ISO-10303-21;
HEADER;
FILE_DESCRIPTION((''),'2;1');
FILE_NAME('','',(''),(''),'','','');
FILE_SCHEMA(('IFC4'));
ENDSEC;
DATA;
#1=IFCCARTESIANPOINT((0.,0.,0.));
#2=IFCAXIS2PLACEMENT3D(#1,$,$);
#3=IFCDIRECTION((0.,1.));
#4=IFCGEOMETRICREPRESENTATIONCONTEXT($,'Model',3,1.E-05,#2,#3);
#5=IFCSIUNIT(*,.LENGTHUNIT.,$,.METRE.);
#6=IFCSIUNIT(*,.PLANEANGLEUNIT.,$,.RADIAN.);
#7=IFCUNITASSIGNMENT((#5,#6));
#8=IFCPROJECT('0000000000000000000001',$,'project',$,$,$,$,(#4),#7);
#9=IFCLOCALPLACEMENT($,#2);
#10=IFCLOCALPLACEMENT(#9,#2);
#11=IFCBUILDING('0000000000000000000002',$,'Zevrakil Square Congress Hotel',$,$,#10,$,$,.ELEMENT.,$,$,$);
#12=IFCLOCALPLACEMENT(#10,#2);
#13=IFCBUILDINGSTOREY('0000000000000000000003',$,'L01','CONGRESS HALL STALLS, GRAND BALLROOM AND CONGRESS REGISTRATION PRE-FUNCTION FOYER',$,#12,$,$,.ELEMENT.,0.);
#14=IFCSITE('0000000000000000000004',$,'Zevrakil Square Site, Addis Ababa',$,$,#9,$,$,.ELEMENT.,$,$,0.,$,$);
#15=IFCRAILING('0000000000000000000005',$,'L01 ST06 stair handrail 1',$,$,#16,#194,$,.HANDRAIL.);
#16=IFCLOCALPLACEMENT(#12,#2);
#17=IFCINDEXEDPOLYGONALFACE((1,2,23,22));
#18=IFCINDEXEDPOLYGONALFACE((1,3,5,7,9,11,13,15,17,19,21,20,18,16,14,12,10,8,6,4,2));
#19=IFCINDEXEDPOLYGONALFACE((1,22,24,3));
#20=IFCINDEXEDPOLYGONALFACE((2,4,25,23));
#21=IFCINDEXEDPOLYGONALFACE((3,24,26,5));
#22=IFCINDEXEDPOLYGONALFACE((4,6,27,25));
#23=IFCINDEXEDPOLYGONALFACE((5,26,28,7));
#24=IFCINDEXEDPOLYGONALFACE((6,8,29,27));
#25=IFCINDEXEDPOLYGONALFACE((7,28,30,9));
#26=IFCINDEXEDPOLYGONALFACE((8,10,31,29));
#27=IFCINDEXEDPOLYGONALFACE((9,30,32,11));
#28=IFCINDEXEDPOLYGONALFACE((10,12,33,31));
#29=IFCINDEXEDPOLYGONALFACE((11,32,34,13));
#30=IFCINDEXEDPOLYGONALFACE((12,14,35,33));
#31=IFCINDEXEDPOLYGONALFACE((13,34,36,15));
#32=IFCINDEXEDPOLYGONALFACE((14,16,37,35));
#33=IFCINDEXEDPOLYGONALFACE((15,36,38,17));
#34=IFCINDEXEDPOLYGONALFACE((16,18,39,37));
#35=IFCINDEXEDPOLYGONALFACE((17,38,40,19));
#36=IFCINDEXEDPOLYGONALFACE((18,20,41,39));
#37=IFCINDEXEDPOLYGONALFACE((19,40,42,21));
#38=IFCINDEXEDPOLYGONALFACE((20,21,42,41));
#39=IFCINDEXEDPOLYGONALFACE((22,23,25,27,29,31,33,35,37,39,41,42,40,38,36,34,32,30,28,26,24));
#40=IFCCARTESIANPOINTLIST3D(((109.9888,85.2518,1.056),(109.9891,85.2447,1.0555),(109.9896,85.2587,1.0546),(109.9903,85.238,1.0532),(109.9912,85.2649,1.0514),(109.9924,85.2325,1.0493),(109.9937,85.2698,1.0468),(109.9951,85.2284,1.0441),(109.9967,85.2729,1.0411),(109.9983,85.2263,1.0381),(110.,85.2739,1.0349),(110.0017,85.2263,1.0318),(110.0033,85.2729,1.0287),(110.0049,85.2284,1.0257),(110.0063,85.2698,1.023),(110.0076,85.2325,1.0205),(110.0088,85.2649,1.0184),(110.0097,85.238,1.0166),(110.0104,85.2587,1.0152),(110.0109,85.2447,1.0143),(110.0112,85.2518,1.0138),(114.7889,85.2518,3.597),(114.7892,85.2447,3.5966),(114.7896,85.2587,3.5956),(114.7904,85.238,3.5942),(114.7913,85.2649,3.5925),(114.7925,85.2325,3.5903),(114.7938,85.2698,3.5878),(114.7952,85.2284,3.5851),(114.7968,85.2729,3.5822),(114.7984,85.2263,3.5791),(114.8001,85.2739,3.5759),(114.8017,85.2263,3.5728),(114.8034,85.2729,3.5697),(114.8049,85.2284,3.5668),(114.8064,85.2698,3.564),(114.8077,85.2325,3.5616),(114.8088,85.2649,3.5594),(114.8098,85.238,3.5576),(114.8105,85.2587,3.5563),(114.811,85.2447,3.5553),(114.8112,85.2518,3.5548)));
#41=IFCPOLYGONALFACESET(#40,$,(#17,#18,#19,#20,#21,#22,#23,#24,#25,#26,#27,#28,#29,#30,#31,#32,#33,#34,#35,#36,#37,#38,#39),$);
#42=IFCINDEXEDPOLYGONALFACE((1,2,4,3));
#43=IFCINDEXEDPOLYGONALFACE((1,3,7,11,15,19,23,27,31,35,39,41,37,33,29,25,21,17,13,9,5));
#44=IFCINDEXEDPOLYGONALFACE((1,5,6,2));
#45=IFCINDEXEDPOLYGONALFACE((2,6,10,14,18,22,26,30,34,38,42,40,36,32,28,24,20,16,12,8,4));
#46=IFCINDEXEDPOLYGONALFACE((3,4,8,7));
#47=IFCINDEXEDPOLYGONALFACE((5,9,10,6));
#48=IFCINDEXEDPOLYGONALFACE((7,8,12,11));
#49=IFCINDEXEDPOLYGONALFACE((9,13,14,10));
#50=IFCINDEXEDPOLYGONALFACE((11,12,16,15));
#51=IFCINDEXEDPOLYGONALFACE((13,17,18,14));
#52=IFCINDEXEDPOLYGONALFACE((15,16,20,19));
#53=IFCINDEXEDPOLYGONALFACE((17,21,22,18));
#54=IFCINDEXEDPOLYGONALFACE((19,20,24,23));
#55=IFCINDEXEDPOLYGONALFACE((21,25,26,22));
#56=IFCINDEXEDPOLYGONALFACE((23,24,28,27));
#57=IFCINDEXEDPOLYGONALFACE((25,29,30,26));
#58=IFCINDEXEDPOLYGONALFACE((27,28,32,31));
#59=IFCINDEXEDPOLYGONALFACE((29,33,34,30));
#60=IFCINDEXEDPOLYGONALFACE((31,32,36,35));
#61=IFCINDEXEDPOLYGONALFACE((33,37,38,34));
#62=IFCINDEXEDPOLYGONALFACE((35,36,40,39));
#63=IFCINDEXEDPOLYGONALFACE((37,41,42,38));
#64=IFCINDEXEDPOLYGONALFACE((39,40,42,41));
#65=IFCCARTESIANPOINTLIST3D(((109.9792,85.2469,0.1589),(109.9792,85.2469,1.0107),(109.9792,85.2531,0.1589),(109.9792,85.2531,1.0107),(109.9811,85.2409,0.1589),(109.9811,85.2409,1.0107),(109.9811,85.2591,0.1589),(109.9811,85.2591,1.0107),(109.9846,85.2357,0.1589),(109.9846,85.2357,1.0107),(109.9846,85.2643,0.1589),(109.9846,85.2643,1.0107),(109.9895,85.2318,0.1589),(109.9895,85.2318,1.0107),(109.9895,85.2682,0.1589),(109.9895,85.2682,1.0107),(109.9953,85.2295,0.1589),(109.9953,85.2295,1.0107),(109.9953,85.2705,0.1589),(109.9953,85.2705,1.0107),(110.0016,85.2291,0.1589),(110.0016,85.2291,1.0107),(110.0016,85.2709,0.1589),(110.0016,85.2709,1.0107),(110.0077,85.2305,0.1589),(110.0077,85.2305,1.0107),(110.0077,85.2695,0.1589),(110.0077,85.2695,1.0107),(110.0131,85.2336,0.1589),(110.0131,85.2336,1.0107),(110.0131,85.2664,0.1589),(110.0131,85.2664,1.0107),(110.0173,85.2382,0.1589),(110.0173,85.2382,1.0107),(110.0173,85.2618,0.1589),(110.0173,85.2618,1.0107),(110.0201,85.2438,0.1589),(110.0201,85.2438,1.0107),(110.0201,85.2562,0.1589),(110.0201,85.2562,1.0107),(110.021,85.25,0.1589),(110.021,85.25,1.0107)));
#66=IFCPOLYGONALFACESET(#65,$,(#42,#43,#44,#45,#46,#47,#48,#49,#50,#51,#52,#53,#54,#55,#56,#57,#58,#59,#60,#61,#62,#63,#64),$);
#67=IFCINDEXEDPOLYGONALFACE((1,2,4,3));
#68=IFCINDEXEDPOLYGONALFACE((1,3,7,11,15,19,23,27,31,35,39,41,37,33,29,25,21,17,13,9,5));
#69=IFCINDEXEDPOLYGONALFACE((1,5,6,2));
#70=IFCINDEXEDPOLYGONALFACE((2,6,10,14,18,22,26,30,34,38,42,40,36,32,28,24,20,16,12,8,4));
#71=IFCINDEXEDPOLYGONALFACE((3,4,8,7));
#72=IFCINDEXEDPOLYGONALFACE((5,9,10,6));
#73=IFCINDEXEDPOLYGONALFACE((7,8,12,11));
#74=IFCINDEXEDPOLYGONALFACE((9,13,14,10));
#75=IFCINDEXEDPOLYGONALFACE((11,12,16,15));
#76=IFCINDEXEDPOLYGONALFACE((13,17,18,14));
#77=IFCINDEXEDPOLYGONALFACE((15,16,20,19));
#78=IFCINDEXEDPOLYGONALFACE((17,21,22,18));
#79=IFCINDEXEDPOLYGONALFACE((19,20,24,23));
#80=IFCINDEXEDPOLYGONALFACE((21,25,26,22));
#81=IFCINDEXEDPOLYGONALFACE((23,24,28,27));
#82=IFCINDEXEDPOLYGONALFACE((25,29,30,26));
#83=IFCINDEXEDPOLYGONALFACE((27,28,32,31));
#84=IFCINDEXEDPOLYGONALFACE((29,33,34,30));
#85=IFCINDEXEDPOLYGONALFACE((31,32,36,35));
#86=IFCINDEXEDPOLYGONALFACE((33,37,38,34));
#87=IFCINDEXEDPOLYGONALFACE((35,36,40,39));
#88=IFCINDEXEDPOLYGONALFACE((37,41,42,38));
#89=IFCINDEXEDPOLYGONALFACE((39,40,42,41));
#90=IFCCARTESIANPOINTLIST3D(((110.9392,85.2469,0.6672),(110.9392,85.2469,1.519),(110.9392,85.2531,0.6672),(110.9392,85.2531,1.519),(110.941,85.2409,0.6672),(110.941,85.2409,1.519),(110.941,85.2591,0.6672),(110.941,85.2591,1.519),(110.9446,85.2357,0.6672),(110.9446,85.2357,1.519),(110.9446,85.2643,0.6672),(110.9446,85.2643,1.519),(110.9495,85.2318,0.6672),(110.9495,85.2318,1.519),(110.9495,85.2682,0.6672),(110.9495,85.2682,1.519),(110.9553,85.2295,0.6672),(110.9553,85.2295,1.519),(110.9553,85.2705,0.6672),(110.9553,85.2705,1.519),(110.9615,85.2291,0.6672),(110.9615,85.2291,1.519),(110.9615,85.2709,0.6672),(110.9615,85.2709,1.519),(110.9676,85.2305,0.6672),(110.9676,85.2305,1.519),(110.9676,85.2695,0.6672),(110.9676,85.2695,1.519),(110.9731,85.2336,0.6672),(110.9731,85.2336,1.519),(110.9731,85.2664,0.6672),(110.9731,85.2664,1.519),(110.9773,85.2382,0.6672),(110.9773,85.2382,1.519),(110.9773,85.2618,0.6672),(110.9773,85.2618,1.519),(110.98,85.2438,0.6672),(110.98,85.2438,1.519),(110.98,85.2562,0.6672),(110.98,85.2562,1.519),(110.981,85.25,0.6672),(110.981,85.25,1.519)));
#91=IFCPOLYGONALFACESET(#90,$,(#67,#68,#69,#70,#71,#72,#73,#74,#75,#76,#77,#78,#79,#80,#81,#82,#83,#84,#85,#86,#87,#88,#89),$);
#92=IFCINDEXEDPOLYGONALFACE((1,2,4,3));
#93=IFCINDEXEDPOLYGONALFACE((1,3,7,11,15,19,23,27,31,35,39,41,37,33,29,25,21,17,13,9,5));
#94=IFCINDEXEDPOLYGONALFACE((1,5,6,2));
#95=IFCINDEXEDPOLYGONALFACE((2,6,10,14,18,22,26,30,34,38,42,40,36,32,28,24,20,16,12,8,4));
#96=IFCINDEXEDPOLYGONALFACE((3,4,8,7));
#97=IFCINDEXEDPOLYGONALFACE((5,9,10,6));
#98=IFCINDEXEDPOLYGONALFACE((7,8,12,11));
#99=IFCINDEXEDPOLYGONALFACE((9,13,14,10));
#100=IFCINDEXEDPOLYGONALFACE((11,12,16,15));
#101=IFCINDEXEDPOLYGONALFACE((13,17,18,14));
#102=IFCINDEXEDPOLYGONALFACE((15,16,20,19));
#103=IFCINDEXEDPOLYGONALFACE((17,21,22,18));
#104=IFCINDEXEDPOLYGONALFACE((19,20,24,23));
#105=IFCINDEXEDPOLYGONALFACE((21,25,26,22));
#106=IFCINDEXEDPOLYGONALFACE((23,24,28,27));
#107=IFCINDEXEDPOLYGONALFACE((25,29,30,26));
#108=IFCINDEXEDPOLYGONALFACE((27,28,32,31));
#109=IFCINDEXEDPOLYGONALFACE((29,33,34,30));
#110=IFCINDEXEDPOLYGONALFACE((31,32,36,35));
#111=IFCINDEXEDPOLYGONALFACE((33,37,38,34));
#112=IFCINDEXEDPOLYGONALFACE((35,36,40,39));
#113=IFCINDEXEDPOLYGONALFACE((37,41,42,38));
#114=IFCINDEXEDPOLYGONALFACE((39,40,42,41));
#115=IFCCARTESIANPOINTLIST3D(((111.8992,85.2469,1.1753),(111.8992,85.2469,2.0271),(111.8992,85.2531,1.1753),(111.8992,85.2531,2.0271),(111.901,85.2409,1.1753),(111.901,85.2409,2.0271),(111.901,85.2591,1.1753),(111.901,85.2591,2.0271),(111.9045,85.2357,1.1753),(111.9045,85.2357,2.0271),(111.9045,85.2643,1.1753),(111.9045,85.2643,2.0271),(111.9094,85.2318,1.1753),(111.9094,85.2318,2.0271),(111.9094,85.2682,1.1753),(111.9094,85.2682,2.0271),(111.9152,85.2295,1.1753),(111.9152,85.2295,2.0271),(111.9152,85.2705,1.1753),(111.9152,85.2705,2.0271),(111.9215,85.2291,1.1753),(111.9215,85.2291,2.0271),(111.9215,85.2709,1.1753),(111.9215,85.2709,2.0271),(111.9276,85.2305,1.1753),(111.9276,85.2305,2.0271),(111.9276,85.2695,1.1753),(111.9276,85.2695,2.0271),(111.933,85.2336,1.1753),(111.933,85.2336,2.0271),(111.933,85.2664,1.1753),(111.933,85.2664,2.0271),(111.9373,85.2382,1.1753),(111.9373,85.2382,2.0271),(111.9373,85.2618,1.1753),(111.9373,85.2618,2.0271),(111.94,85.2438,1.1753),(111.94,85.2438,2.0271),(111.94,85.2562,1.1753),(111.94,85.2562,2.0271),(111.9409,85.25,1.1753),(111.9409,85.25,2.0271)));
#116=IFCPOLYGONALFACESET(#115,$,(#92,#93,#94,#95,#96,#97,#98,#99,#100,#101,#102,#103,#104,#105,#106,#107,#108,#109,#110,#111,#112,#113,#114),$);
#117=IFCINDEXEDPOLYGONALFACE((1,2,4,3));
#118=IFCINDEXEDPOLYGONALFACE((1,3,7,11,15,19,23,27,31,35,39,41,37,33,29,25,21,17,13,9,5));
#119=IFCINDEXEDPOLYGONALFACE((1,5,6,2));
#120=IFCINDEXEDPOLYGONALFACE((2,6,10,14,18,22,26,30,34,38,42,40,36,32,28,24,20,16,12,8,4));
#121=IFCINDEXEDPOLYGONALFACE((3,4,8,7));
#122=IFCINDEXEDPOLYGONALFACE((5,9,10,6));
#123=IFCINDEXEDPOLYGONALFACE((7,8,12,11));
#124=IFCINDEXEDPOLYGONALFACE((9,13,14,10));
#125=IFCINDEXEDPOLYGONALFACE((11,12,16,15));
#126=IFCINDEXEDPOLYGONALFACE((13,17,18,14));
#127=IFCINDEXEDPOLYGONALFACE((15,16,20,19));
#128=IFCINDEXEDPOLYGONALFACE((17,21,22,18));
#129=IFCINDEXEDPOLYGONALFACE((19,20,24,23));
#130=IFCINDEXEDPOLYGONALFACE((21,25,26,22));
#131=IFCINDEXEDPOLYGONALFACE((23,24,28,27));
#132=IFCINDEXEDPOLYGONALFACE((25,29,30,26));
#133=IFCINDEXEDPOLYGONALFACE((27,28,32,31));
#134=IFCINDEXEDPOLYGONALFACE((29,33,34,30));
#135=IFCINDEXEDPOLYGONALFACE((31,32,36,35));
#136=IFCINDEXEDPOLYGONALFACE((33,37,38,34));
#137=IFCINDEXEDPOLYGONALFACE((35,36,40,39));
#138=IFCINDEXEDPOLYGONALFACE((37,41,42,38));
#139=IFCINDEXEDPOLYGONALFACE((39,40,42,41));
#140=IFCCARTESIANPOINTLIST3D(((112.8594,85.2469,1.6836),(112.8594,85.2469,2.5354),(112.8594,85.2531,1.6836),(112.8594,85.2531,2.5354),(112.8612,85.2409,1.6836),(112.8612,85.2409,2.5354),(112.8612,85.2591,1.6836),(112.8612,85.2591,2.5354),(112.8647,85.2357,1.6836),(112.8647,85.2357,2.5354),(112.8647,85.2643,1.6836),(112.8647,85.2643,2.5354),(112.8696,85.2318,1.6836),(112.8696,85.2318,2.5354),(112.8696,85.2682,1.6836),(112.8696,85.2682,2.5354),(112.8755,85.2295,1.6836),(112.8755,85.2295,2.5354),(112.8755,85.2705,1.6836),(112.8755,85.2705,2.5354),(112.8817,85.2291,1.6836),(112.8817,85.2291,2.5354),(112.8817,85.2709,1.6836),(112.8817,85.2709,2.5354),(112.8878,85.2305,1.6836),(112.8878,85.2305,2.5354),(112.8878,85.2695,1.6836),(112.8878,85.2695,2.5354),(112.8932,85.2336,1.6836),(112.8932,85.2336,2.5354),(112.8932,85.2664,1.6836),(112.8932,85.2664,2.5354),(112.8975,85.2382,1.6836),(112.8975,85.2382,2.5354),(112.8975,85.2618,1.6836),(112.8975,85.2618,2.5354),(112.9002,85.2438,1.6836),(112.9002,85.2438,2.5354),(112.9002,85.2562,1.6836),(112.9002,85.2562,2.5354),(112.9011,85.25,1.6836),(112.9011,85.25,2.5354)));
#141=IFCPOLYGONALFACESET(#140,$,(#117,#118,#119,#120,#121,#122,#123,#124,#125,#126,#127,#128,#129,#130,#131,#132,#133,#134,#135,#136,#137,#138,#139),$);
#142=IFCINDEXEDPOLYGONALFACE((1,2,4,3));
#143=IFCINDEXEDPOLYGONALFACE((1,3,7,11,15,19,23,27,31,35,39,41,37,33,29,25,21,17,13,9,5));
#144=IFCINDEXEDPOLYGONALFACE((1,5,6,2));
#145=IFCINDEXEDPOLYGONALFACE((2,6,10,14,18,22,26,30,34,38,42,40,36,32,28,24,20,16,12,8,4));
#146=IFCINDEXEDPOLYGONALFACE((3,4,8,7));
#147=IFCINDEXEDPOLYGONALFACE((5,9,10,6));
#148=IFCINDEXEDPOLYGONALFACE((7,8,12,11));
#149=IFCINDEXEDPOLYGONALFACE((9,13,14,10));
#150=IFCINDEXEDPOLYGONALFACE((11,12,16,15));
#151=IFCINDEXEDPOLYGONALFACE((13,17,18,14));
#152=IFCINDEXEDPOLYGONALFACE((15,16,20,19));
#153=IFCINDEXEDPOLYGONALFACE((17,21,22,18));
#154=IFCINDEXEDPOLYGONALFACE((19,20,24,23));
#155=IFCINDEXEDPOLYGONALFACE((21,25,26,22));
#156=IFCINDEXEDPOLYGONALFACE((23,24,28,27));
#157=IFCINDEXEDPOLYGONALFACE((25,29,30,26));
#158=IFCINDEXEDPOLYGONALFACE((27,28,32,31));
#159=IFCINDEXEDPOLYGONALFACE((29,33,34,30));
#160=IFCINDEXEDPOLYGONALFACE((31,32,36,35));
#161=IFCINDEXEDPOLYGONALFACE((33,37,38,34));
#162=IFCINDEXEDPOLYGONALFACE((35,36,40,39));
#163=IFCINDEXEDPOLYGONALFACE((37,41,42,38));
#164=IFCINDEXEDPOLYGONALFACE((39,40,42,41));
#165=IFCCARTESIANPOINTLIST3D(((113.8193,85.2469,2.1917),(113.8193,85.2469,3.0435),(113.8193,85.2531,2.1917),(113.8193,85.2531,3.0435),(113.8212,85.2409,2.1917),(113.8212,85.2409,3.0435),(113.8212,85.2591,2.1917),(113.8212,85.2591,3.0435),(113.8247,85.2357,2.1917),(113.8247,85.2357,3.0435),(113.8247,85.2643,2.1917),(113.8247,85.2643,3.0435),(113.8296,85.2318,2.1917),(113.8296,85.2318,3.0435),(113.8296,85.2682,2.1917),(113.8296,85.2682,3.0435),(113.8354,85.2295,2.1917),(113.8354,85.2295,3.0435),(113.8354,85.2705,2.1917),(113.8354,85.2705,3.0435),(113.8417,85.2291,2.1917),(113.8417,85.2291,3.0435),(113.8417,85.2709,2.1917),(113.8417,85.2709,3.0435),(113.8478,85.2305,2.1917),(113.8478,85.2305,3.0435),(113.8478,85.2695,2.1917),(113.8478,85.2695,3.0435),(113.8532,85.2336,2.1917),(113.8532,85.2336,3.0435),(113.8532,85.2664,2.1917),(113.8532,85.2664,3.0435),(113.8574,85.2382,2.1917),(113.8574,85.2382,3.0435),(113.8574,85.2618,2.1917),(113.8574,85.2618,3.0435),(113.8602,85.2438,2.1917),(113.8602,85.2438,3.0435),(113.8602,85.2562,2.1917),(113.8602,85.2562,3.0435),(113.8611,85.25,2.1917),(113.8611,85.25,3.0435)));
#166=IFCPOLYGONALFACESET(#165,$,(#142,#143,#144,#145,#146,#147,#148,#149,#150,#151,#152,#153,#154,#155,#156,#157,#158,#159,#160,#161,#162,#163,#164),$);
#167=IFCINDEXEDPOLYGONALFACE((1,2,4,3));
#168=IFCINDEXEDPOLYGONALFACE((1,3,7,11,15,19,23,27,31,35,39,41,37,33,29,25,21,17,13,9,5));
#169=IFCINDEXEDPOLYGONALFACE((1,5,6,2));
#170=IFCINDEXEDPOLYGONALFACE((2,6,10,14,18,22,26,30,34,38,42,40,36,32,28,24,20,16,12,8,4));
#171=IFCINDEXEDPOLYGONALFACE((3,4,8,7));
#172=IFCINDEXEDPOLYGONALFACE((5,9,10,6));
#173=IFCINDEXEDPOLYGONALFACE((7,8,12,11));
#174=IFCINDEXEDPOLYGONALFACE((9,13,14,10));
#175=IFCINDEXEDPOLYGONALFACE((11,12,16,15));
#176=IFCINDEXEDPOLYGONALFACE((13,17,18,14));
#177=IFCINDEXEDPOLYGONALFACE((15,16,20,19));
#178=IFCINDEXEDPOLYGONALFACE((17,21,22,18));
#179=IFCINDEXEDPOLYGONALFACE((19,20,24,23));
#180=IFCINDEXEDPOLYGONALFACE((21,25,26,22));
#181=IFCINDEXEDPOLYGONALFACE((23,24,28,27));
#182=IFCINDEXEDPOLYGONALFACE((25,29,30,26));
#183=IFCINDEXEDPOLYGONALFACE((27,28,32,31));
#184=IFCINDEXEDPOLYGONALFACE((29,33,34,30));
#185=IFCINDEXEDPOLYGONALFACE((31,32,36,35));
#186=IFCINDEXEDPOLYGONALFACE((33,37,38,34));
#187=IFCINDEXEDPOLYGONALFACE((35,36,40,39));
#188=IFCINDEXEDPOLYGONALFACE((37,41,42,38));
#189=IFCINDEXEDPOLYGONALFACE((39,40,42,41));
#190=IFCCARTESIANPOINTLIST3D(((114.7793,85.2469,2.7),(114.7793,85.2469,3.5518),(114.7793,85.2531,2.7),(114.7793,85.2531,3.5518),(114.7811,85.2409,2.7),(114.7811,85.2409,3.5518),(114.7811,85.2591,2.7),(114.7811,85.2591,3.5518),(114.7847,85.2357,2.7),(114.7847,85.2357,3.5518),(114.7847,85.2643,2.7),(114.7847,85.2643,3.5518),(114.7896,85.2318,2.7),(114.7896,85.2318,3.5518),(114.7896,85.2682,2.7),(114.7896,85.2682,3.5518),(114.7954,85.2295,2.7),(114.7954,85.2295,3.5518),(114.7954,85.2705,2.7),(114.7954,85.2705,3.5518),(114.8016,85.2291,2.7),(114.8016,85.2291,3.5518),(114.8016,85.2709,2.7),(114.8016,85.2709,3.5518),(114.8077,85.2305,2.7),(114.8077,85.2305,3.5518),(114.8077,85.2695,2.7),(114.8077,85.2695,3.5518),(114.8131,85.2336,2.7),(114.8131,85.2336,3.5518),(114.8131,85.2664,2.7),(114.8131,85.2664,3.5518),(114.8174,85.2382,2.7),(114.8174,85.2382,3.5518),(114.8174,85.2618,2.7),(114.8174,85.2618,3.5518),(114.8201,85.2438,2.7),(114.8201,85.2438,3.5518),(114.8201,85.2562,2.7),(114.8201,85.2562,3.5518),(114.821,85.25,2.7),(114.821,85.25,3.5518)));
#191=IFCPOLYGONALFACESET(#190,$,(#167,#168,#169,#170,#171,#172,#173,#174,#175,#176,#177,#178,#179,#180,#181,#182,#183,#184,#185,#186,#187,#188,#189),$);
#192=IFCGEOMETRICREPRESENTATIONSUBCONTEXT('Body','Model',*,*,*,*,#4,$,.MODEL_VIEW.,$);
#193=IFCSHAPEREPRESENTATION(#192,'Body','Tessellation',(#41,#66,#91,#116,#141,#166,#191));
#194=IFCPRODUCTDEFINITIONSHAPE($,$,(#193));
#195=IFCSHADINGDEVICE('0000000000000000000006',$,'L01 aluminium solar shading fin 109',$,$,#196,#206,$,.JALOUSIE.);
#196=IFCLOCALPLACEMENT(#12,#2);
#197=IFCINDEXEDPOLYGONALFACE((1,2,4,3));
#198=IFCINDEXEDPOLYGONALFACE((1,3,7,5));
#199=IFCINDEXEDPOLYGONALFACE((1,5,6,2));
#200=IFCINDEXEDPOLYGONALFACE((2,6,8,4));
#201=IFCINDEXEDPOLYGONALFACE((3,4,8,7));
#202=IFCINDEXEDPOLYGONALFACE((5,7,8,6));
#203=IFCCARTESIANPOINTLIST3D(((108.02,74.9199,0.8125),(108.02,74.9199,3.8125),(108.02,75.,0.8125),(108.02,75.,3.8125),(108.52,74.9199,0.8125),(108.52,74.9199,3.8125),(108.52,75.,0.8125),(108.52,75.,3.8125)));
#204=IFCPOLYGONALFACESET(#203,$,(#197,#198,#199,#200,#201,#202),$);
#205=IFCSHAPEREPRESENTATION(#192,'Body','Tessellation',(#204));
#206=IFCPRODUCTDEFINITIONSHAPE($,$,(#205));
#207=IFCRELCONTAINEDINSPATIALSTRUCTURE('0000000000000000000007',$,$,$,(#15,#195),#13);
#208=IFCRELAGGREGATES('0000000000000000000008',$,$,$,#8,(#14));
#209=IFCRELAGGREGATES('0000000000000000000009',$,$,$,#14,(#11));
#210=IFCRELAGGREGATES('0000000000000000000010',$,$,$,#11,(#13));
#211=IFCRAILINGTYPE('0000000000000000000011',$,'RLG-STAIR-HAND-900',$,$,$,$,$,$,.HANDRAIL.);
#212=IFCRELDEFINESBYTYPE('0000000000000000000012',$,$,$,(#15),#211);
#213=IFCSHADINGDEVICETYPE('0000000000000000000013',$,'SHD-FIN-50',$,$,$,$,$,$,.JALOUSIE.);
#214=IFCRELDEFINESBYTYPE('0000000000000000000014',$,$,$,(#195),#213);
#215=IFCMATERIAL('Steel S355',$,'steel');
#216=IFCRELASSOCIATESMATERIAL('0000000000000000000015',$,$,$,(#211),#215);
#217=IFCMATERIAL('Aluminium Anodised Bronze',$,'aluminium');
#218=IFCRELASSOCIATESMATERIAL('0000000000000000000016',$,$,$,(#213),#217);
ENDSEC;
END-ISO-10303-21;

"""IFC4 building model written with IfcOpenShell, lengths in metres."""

from ifc_helpers import new_model, si_unit, direction, frame, origin, origin_2d, place, context, subcontext, project, spatial, rectangle, circle, extrude, material, type_object, element, save


model = new_model("IFC4")

# Units and contexts
model_context = context("Model", 3, precision=1e-05, world=origin(), true_north=direction((0.0, 1.0)))
body_context = subcontext(model_context, "Body", "Model", "MODEL_VIEW")
ifc_project = project(units=[si_unit("LENGTHUNIT", "METRE"), si_unit("PLANEANGLEUNIT", "RADIAN")], contexts=[model_context])

# Site, building, storey
site_placement = place(None, origin())
site = spatial("IfcSite", under=ifc_project, at=site_placement, Name="Zevrakil Square Site, Addis Ababa", CompositionType="ELEMENT", RefElevation=0.0)
building_placement = place(site_placement, origin())
building = spatial("IfcBuilding", under=site, at=building_placement, Name="Zevrakil Square Congress Hotel", CompositionType="ELEMENT")
storey_placement = place(building_placement, origin())
storey = spatial("IfcBuildingStorey", under=building, at=storey_placement, Name="L01", Description="CONGRESS HALL STALLS, GRAND BALLROOM AND CONGRESS REGISTRATION PRE-FUNCTION FOYER", CompositionType="ELEMENT", Elevation=0.0)

# Railing
ifc_material_1 = material(Name="Steel S355", Category="steel")
railing_type_1 = type_object("IfcRailingType", Name="RLG-STAIR-HAND-900", PredefinedType="HANDRAIL", material=ifc_material_1)
railing_1_placement = place(storey_placement, frame((110.0, 85.25, 0.1589)))
element("IfcRailing", 1, at=railing_1_placement, inside=storey, type_object=railing_type_1, Name="L01 ST06 stair handrail 1", PredefinedType="HANDRAIL", context=body_context, shape_type="SweptSolid", body=[
    extrude(circle(Radius=0.0239, at=origin_2d()), frame((0.0, 0.0, 0.876), z_axis=(0.883802, 0.0, 0.467861), x_axis=(0.0, 1.0, 0.0)), (0.0, 0.0, 1.0), 5.4312),
    extrude(circle(Radius=0.021, at=origin_2d()), origin(), (0.0, 0.0, 1.0), 0.8518),
    extrude(circle(Radius=0.021, at=origin_2d()), frame((0.96, 0.0, 0.5083)), (0.0, 0.0, 1.0), 0.8518),
    extrude(circle(Radius=0.021, at=origin_2d()), frame((1.9199, 0.0, 1.0164)), (0.0, 0.0, 1.0), 0.8518),
    extrude(circle(Radius=0.021, at=origin_2d()), frame((2.8801, 0.0, 1.5247)), (0.0, 0.0, 1.0), 0.8518),
    extrude(circle(Radius=0.021, at=origin_2d()), frame((3.8401, 0.0, 2.0327)), (0.0, 0.0, 1.0), 0.8518),
    extrude(circle(Radius=0.021, at=origin_2d()), frame((4.8, 0.0, 2.541)), (0.0, 0.0, 1.0), 0.8518),
])

# Shading device
ifc_material_2 = material(Name="Aluminium Anodised Bronze", Category="aluminium")
shading_device_type = type_object("IfcShadingDeviceType", Name="SHD-FIN-50", PredefinedType="JALOUSIE", material=ifc_material_2)
shading_device_placement = place(storey_placement, frame((108.27, 74.96, 0.8125), z_axis=(0.0, 0.0, 1.0), x_axis=(1.0, 0.0, 0.0)))
element("IfcShadingDevice", 2, at=shading_device_placement, inside=storey, type_object=shading_device_type, Name="L01 aluminium solar shading fin 109", PredefinedType="JALOUSIE", context=body_context, shape_type="SweptSolid", body=[
    extrude(rectangle(XDim=0.5, YDim=0.0801, at=origin_2d()), origin(), (0.0, 0.0, 1.0), 3.0),
])

save(model, "model.ifc")
